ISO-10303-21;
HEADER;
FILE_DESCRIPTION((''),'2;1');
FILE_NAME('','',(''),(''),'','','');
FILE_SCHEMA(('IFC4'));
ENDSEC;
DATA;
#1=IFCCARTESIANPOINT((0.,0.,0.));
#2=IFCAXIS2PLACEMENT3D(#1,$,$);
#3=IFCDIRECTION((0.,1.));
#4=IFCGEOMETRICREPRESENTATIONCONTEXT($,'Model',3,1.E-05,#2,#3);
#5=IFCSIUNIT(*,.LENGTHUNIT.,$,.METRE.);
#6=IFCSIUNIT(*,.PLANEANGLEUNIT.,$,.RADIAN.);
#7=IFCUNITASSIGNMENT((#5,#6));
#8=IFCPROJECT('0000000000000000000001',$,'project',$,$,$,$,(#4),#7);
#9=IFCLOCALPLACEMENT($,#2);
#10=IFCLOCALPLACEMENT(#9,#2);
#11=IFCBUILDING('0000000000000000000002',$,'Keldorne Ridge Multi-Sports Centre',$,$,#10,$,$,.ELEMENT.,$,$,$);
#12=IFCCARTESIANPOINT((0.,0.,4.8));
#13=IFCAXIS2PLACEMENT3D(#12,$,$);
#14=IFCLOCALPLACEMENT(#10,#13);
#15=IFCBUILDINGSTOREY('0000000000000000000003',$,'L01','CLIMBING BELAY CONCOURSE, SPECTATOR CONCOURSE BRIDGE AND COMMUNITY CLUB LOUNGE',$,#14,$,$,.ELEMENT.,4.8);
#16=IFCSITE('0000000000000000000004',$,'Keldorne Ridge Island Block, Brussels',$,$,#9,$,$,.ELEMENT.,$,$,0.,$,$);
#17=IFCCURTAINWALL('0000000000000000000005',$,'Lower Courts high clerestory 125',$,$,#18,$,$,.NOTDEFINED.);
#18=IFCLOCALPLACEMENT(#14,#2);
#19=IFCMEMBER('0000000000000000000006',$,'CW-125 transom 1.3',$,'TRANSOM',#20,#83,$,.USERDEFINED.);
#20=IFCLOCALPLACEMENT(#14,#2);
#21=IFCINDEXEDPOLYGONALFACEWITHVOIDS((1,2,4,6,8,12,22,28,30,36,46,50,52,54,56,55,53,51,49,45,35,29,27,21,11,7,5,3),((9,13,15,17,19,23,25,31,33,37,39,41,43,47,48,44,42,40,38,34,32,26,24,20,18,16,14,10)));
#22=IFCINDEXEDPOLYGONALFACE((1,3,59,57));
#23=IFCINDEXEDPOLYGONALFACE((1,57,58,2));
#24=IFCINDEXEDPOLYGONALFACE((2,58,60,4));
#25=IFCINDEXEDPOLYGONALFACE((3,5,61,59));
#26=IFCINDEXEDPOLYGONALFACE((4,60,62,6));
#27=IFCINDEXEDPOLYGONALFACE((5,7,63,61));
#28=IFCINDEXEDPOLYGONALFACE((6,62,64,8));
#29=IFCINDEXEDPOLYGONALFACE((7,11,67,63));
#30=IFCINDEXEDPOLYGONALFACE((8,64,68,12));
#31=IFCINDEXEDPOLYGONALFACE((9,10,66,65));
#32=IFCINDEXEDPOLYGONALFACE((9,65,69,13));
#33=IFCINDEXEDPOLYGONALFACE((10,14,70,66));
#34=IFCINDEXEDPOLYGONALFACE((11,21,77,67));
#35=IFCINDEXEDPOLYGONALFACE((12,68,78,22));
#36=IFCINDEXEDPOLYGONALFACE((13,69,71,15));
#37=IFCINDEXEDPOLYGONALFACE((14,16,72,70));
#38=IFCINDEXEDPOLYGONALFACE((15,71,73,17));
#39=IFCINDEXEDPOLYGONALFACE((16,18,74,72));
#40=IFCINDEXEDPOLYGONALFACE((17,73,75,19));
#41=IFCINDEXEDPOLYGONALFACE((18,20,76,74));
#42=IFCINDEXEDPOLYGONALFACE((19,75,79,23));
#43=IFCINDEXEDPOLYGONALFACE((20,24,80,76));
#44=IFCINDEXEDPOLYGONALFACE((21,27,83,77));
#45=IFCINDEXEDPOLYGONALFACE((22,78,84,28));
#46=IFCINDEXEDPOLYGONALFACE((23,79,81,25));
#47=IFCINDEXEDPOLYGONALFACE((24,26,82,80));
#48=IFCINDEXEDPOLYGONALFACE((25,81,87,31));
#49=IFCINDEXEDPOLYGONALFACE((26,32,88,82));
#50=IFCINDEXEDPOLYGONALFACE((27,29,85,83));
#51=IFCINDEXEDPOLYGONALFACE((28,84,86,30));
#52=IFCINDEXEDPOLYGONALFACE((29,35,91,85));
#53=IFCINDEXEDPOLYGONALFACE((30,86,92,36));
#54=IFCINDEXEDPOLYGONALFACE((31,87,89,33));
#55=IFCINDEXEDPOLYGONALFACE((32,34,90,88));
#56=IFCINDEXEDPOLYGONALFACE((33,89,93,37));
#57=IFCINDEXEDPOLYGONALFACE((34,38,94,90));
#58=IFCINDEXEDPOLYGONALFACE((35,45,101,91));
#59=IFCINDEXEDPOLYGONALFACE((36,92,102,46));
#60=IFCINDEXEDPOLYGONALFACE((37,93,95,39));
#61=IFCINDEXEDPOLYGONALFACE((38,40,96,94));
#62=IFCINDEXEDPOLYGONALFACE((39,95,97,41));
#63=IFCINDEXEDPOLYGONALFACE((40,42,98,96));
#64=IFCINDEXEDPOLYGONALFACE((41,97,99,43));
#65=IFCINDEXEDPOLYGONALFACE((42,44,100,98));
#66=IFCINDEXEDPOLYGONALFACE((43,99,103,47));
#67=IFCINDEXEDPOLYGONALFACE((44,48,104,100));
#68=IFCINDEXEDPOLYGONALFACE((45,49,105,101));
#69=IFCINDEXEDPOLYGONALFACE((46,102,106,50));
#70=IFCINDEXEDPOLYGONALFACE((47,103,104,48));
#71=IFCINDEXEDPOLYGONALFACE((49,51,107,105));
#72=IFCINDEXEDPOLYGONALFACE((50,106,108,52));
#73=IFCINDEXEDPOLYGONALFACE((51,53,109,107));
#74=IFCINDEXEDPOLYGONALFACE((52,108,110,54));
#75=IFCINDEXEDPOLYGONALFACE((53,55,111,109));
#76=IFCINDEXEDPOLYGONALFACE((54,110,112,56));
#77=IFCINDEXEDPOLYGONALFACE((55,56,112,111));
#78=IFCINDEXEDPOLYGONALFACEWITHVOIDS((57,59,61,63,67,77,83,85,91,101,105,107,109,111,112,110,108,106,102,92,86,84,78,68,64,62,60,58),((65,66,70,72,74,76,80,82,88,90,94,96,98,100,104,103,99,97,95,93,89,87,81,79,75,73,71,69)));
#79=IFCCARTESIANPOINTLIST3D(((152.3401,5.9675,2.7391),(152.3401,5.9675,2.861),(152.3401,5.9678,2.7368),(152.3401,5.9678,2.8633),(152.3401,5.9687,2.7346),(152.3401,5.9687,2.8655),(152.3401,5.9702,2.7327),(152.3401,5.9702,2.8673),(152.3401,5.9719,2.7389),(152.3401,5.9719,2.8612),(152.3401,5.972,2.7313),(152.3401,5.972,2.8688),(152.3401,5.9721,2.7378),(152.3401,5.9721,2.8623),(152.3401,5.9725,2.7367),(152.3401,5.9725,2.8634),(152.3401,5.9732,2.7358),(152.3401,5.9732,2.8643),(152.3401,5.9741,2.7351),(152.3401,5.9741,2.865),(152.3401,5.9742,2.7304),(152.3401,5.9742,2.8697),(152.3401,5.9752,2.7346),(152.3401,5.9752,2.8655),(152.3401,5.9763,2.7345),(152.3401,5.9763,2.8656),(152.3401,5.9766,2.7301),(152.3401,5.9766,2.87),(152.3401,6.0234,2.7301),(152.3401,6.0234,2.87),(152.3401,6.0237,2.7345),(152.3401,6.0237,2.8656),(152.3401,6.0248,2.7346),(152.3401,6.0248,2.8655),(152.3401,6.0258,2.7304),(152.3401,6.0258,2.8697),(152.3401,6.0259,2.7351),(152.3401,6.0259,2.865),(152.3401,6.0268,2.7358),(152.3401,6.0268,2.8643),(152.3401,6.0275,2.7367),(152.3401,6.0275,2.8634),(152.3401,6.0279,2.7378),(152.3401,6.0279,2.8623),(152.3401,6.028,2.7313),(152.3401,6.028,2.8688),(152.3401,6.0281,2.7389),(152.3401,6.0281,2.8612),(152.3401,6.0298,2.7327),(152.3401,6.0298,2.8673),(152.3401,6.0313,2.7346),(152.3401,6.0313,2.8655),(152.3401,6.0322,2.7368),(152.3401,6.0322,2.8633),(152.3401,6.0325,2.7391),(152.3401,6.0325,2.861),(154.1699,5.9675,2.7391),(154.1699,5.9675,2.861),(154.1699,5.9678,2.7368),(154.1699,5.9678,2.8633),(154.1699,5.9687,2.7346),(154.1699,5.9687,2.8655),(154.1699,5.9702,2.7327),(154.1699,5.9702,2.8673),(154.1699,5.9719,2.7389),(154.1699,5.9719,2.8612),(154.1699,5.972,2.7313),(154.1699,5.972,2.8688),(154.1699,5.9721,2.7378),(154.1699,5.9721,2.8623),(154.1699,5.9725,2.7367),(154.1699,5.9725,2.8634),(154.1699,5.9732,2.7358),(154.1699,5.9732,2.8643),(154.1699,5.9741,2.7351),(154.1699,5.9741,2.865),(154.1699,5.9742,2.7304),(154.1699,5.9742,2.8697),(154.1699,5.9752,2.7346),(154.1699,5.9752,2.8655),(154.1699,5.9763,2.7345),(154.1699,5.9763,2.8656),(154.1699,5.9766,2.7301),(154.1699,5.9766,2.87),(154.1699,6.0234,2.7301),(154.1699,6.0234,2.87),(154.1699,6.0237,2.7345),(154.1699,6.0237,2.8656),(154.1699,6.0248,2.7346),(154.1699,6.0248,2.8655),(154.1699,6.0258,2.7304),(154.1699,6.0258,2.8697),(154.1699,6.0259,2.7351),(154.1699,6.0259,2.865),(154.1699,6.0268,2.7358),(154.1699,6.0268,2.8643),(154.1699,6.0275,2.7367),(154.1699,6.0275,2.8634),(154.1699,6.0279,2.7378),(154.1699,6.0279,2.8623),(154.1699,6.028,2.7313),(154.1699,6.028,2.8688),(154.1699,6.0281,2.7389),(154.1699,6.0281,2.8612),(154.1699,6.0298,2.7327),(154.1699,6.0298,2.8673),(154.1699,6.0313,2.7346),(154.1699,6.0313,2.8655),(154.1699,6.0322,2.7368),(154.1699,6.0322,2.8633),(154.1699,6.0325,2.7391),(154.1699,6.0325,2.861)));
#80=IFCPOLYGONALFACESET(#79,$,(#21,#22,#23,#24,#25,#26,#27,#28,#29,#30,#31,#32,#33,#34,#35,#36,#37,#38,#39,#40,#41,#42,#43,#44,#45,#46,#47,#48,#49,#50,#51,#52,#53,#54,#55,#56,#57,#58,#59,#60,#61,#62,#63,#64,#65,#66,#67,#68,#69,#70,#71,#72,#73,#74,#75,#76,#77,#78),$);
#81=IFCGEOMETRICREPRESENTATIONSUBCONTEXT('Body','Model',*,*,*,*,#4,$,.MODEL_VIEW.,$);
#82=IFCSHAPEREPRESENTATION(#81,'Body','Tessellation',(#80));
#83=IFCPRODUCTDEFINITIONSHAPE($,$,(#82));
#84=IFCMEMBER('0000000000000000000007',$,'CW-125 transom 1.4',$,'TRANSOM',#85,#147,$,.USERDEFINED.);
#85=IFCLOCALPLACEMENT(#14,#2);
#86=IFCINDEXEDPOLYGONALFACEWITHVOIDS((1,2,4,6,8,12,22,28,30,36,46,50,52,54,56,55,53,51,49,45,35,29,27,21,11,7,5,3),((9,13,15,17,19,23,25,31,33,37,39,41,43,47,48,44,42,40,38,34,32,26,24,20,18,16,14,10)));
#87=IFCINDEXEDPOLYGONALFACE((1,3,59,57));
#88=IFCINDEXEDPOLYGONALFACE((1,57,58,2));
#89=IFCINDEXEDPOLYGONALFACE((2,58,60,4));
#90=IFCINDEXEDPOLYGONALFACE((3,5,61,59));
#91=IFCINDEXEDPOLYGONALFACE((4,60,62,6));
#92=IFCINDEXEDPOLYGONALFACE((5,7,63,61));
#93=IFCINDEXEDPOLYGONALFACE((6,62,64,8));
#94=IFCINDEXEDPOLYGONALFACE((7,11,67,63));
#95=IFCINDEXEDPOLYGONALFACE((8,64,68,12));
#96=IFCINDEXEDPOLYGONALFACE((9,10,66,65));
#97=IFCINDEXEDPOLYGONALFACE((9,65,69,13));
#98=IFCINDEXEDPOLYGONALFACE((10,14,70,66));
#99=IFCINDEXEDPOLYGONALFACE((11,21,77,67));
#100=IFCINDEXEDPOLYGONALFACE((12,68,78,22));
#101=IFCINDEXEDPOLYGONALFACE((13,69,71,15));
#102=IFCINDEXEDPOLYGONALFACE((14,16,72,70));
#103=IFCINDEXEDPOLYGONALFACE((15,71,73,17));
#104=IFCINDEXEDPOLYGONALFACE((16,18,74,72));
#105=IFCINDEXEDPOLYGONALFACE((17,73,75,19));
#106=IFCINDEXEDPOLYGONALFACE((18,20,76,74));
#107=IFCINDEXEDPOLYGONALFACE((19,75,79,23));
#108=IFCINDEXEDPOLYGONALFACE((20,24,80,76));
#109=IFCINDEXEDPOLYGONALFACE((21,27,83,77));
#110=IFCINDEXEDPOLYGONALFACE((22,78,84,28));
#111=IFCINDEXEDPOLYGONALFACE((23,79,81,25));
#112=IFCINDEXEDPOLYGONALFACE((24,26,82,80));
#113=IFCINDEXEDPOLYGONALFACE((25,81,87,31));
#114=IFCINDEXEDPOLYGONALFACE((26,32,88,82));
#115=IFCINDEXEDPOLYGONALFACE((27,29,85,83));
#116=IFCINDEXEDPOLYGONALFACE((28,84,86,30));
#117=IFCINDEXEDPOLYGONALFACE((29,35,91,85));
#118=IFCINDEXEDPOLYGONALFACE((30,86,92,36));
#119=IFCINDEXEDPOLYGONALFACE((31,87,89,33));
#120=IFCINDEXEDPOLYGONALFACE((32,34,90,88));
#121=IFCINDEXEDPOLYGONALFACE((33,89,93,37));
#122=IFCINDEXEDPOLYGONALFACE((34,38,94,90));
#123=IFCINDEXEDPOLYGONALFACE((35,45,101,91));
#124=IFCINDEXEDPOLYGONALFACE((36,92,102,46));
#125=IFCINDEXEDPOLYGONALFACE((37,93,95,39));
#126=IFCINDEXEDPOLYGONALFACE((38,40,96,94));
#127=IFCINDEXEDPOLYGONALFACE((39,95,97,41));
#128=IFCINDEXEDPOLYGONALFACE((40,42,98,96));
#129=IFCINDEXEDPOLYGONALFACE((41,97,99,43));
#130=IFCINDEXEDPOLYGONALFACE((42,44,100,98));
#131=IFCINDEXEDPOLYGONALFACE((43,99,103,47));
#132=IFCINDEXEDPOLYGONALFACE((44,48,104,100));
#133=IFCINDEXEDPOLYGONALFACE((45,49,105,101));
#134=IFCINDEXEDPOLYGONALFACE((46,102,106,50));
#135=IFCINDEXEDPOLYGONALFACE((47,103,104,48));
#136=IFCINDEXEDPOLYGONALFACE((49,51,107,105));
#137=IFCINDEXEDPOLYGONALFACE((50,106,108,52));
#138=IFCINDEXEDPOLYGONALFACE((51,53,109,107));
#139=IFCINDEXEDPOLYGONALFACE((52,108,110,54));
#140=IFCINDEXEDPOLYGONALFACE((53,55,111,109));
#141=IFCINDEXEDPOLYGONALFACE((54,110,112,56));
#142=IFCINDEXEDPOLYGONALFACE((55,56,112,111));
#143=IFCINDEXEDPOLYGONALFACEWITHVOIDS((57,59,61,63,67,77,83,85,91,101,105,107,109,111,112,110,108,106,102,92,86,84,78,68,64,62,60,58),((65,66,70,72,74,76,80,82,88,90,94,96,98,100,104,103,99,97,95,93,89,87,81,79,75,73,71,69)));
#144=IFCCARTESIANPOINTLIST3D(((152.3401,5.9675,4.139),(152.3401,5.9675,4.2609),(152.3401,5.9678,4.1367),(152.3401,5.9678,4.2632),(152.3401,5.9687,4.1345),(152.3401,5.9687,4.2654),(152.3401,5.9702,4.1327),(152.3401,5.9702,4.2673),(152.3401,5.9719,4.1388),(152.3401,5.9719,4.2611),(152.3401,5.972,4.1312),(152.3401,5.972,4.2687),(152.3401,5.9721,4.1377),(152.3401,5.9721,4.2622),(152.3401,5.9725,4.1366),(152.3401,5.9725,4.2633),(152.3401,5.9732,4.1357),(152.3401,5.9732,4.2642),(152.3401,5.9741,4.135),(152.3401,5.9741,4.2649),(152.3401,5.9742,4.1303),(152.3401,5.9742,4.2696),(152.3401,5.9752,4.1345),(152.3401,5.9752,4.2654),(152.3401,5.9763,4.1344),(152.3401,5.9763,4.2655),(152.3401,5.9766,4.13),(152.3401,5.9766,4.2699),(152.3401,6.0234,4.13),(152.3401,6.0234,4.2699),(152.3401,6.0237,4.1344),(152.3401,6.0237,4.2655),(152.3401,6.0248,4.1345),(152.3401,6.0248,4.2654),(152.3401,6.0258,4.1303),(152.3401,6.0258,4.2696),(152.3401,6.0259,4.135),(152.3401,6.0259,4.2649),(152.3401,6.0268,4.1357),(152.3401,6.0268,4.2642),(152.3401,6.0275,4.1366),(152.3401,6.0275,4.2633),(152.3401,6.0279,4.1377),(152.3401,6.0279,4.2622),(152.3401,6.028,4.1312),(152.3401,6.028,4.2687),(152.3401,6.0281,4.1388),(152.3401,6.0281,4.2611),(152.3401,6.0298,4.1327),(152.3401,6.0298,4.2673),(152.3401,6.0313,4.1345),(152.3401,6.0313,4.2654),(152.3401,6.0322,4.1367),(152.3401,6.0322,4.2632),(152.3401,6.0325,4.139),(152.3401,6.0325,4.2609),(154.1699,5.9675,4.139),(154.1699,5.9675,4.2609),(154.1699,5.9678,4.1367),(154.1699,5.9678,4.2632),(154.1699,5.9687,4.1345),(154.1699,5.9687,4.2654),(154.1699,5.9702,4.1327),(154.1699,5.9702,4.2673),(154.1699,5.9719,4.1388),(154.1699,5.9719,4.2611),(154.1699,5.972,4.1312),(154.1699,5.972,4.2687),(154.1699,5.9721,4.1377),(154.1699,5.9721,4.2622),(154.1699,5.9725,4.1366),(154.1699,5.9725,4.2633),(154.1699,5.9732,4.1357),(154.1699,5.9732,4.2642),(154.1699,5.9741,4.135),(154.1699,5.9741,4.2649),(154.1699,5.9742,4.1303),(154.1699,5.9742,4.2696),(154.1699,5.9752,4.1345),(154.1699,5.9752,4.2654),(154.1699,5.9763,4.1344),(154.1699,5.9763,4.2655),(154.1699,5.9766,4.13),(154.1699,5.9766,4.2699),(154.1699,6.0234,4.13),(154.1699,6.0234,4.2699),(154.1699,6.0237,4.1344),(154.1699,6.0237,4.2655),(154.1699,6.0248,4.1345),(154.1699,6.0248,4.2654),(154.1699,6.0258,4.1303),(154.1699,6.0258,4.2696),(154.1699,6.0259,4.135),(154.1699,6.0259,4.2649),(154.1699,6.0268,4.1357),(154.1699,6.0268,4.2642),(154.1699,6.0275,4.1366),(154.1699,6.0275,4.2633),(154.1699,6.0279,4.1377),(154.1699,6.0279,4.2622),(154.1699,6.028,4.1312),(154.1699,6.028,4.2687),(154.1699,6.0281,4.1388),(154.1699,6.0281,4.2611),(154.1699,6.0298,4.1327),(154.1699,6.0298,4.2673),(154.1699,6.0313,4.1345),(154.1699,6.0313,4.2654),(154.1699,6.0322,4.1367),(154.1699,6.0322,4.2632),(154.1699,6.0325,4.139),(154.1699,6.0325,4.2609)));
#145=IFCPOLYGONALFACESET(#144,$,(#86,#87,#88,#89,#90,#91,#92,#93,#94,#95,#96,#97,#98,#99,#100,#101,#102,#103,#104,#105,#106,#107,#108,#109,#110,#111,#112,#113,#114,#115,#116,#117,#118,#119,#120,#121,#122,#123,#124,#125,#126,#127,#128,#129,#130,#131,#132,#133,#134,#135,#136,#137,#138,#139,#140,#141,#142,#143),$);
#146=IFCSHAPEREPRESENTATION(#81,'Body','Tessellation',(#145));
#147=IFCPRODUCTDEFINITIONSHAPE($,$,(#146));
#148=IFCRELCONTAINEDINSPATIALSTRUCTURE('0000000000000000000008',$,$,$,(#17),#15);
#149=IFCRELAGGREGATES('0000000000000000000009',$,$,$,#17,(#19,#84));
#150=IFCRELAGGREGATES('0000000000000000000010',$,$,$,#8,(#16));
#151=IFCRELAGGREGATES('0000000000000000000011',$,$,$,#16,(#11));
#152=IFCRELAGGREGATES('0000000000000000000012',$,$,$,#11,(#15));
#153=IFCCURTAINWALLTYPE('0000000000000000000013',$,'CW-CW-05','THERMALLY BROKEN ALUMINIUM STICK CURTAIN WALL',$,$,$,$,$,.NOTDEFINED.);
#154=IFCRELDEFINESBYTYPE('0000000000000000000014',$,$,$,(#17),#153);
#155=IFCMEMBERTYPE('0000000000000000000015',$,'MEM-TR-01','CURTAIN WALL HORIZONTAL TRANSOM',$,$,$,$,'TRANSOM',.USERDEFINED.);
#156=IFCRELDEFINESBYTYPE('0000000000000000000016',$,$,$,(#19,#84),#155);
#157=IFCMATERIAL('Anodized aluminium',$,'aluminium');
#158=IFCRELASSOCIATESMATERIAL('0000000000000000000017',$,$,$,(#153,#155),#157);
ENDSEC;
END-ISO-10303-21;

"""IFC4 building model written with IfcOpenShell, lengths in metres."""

from ifc_helpers import new_model, si_unit, direction, frame, origin, origin_2d, place, context, subcontext, project, spatial, hollow_rectangle, extrude, material, material_profile, profile_set, type_object, element, aggregate, save


model = new_model("IFC4")

# Units and contexts
model_context = context("Model", 3, precision=1e-05, world=origin(), true_north=direction((0.0, 1.0)))
body_context = subcontext(model_context, "Body", "Model", "MODEL_VIEW")
ifc_project = project(units=[si_unit("LENGTHUNIT", "METRE"), si_unit("PLANEANGLEUNIT", "RADIAN")], contexts=[model_context])

# Site, building, storey
site_placement = place(None, origin())
site = spatial("IfcSite", under=ifc_project, at=site_placement, Name="Keldorne Ridge Island Block, Brussels", CompositionType="ELEMENT", RefElevation=0.0)
building_placement = place(site_placement, origin())
building = spatial("IfcBuilding", under=site, at=building_placement, Name="Keldorne Ridge Multi-Sports Centre", CompositionType="ELEMENT")
storey_placement = place(building_placement, frame((0.0, 0.0, 4.8)))
storey = spatial("IfcBuildingStorey", under=building, at=storey_placement, Name="L01", Description="CLIMBING BELAY CONCOURSE, SPECTATOR CONCOURSE BRIDGE AND COMMUNITY CLUB LOUNGE", CompositionType="ELEMENT", Elevation=4.8)

# Curtain wall, members
ifc_material_1 = material(Name="Anodized aluminium", Category="aluminium")
curtain_wall_type = type_object("IfcCurtainWallType", Name="CW-CW-05", Description="THERMALLY BROKEN ALUMINIUM STICK CURTAIN WALL", PredefinedType="NOTDEFINED", material=ifc_material_1)
curtain_wall_placement = place(storey_placement, origin())
curtain_wall = element("IfcCurtainWall", 1, at=curtain_wall_placement, inside=storey, type_object=curtain_wall_type, Name="Lower Courts high clerestory 125", PredefinedType="NOTDEFINED")
ifc_material_profile_1 = material_profile(ifc_material_1, hollow_rectangle(XDim=0.0649, YDim=0.1399, WallThickness=0.0044, InnerFilletRadius=0.0044, OuterFilletRadius=0.009, at=origin_2d()), Name="ALU TRANSOM 140x65x4.5")
ifc_profile_set_1 = profile_set([ifc_material_profile_1], Name="Anodized aluminium")
member_type_1 = type_object("IfcMemberType", Name="MEM-TR-01", Description="CURTAIN WALL HORIZONTAL TRANSOM", ElementType="TRANSOM", PredefinedType="USERDEFINED", material=ifc_profile_set_1)
member_1_placement = place(storey_placement, frame((152.3401, 6.0, 2.8), z_axis=(1.0, 0.0, 0.0), x_axis=(0.0, 1.0, 0.0)))
member_1 = element("IfcMember", 2, at=member_1_placement, type_object=member_type_1, Name="CW-125 transom 1.3", ObjectType="TRANSOM", PredefinedType="USERDEFINED", context=body_context, shape_type="SweptSolid", body=[
    extrude(hollow_rectangle(XDim=0.0649, YDim=0.1399, WallThickness=0.0044, InnerFilletRadius=0.0044, OuterFilletRadius=0.009, at=origin_2d()), origin(), (0.0, 0.0, 1.0), 1.8298),
])
member_2_placement = place(storey_placement, frame((152.3401, 6.0, 4.2), z_axis=(1.0, 0.0, 0.0), x_axis=(0.0, 1.0, 0.0)))
member_2 = element("IfcMember", 3, at=member_2_placement, type_object=member_type_1, Name="CW-125 transom 1.4", ObjectType="TRANSOM", PredefinedType="USERDEFINED", context=body_context, shape_type="SweptSolid", body=[
    extrude(hollow_rectangle(XDim=0.0649, YDim=0.1399, WallThickness=0.0044, InnerFilletRadius=0.0044, OuterFilletRadius=0.009, at=origin_2d()), origin(), (0.0, 0.0, 1.0), 1.8298),
])
aggregate(curtain_wall, [member_1, member_2])

save(model, "model.ifc")
